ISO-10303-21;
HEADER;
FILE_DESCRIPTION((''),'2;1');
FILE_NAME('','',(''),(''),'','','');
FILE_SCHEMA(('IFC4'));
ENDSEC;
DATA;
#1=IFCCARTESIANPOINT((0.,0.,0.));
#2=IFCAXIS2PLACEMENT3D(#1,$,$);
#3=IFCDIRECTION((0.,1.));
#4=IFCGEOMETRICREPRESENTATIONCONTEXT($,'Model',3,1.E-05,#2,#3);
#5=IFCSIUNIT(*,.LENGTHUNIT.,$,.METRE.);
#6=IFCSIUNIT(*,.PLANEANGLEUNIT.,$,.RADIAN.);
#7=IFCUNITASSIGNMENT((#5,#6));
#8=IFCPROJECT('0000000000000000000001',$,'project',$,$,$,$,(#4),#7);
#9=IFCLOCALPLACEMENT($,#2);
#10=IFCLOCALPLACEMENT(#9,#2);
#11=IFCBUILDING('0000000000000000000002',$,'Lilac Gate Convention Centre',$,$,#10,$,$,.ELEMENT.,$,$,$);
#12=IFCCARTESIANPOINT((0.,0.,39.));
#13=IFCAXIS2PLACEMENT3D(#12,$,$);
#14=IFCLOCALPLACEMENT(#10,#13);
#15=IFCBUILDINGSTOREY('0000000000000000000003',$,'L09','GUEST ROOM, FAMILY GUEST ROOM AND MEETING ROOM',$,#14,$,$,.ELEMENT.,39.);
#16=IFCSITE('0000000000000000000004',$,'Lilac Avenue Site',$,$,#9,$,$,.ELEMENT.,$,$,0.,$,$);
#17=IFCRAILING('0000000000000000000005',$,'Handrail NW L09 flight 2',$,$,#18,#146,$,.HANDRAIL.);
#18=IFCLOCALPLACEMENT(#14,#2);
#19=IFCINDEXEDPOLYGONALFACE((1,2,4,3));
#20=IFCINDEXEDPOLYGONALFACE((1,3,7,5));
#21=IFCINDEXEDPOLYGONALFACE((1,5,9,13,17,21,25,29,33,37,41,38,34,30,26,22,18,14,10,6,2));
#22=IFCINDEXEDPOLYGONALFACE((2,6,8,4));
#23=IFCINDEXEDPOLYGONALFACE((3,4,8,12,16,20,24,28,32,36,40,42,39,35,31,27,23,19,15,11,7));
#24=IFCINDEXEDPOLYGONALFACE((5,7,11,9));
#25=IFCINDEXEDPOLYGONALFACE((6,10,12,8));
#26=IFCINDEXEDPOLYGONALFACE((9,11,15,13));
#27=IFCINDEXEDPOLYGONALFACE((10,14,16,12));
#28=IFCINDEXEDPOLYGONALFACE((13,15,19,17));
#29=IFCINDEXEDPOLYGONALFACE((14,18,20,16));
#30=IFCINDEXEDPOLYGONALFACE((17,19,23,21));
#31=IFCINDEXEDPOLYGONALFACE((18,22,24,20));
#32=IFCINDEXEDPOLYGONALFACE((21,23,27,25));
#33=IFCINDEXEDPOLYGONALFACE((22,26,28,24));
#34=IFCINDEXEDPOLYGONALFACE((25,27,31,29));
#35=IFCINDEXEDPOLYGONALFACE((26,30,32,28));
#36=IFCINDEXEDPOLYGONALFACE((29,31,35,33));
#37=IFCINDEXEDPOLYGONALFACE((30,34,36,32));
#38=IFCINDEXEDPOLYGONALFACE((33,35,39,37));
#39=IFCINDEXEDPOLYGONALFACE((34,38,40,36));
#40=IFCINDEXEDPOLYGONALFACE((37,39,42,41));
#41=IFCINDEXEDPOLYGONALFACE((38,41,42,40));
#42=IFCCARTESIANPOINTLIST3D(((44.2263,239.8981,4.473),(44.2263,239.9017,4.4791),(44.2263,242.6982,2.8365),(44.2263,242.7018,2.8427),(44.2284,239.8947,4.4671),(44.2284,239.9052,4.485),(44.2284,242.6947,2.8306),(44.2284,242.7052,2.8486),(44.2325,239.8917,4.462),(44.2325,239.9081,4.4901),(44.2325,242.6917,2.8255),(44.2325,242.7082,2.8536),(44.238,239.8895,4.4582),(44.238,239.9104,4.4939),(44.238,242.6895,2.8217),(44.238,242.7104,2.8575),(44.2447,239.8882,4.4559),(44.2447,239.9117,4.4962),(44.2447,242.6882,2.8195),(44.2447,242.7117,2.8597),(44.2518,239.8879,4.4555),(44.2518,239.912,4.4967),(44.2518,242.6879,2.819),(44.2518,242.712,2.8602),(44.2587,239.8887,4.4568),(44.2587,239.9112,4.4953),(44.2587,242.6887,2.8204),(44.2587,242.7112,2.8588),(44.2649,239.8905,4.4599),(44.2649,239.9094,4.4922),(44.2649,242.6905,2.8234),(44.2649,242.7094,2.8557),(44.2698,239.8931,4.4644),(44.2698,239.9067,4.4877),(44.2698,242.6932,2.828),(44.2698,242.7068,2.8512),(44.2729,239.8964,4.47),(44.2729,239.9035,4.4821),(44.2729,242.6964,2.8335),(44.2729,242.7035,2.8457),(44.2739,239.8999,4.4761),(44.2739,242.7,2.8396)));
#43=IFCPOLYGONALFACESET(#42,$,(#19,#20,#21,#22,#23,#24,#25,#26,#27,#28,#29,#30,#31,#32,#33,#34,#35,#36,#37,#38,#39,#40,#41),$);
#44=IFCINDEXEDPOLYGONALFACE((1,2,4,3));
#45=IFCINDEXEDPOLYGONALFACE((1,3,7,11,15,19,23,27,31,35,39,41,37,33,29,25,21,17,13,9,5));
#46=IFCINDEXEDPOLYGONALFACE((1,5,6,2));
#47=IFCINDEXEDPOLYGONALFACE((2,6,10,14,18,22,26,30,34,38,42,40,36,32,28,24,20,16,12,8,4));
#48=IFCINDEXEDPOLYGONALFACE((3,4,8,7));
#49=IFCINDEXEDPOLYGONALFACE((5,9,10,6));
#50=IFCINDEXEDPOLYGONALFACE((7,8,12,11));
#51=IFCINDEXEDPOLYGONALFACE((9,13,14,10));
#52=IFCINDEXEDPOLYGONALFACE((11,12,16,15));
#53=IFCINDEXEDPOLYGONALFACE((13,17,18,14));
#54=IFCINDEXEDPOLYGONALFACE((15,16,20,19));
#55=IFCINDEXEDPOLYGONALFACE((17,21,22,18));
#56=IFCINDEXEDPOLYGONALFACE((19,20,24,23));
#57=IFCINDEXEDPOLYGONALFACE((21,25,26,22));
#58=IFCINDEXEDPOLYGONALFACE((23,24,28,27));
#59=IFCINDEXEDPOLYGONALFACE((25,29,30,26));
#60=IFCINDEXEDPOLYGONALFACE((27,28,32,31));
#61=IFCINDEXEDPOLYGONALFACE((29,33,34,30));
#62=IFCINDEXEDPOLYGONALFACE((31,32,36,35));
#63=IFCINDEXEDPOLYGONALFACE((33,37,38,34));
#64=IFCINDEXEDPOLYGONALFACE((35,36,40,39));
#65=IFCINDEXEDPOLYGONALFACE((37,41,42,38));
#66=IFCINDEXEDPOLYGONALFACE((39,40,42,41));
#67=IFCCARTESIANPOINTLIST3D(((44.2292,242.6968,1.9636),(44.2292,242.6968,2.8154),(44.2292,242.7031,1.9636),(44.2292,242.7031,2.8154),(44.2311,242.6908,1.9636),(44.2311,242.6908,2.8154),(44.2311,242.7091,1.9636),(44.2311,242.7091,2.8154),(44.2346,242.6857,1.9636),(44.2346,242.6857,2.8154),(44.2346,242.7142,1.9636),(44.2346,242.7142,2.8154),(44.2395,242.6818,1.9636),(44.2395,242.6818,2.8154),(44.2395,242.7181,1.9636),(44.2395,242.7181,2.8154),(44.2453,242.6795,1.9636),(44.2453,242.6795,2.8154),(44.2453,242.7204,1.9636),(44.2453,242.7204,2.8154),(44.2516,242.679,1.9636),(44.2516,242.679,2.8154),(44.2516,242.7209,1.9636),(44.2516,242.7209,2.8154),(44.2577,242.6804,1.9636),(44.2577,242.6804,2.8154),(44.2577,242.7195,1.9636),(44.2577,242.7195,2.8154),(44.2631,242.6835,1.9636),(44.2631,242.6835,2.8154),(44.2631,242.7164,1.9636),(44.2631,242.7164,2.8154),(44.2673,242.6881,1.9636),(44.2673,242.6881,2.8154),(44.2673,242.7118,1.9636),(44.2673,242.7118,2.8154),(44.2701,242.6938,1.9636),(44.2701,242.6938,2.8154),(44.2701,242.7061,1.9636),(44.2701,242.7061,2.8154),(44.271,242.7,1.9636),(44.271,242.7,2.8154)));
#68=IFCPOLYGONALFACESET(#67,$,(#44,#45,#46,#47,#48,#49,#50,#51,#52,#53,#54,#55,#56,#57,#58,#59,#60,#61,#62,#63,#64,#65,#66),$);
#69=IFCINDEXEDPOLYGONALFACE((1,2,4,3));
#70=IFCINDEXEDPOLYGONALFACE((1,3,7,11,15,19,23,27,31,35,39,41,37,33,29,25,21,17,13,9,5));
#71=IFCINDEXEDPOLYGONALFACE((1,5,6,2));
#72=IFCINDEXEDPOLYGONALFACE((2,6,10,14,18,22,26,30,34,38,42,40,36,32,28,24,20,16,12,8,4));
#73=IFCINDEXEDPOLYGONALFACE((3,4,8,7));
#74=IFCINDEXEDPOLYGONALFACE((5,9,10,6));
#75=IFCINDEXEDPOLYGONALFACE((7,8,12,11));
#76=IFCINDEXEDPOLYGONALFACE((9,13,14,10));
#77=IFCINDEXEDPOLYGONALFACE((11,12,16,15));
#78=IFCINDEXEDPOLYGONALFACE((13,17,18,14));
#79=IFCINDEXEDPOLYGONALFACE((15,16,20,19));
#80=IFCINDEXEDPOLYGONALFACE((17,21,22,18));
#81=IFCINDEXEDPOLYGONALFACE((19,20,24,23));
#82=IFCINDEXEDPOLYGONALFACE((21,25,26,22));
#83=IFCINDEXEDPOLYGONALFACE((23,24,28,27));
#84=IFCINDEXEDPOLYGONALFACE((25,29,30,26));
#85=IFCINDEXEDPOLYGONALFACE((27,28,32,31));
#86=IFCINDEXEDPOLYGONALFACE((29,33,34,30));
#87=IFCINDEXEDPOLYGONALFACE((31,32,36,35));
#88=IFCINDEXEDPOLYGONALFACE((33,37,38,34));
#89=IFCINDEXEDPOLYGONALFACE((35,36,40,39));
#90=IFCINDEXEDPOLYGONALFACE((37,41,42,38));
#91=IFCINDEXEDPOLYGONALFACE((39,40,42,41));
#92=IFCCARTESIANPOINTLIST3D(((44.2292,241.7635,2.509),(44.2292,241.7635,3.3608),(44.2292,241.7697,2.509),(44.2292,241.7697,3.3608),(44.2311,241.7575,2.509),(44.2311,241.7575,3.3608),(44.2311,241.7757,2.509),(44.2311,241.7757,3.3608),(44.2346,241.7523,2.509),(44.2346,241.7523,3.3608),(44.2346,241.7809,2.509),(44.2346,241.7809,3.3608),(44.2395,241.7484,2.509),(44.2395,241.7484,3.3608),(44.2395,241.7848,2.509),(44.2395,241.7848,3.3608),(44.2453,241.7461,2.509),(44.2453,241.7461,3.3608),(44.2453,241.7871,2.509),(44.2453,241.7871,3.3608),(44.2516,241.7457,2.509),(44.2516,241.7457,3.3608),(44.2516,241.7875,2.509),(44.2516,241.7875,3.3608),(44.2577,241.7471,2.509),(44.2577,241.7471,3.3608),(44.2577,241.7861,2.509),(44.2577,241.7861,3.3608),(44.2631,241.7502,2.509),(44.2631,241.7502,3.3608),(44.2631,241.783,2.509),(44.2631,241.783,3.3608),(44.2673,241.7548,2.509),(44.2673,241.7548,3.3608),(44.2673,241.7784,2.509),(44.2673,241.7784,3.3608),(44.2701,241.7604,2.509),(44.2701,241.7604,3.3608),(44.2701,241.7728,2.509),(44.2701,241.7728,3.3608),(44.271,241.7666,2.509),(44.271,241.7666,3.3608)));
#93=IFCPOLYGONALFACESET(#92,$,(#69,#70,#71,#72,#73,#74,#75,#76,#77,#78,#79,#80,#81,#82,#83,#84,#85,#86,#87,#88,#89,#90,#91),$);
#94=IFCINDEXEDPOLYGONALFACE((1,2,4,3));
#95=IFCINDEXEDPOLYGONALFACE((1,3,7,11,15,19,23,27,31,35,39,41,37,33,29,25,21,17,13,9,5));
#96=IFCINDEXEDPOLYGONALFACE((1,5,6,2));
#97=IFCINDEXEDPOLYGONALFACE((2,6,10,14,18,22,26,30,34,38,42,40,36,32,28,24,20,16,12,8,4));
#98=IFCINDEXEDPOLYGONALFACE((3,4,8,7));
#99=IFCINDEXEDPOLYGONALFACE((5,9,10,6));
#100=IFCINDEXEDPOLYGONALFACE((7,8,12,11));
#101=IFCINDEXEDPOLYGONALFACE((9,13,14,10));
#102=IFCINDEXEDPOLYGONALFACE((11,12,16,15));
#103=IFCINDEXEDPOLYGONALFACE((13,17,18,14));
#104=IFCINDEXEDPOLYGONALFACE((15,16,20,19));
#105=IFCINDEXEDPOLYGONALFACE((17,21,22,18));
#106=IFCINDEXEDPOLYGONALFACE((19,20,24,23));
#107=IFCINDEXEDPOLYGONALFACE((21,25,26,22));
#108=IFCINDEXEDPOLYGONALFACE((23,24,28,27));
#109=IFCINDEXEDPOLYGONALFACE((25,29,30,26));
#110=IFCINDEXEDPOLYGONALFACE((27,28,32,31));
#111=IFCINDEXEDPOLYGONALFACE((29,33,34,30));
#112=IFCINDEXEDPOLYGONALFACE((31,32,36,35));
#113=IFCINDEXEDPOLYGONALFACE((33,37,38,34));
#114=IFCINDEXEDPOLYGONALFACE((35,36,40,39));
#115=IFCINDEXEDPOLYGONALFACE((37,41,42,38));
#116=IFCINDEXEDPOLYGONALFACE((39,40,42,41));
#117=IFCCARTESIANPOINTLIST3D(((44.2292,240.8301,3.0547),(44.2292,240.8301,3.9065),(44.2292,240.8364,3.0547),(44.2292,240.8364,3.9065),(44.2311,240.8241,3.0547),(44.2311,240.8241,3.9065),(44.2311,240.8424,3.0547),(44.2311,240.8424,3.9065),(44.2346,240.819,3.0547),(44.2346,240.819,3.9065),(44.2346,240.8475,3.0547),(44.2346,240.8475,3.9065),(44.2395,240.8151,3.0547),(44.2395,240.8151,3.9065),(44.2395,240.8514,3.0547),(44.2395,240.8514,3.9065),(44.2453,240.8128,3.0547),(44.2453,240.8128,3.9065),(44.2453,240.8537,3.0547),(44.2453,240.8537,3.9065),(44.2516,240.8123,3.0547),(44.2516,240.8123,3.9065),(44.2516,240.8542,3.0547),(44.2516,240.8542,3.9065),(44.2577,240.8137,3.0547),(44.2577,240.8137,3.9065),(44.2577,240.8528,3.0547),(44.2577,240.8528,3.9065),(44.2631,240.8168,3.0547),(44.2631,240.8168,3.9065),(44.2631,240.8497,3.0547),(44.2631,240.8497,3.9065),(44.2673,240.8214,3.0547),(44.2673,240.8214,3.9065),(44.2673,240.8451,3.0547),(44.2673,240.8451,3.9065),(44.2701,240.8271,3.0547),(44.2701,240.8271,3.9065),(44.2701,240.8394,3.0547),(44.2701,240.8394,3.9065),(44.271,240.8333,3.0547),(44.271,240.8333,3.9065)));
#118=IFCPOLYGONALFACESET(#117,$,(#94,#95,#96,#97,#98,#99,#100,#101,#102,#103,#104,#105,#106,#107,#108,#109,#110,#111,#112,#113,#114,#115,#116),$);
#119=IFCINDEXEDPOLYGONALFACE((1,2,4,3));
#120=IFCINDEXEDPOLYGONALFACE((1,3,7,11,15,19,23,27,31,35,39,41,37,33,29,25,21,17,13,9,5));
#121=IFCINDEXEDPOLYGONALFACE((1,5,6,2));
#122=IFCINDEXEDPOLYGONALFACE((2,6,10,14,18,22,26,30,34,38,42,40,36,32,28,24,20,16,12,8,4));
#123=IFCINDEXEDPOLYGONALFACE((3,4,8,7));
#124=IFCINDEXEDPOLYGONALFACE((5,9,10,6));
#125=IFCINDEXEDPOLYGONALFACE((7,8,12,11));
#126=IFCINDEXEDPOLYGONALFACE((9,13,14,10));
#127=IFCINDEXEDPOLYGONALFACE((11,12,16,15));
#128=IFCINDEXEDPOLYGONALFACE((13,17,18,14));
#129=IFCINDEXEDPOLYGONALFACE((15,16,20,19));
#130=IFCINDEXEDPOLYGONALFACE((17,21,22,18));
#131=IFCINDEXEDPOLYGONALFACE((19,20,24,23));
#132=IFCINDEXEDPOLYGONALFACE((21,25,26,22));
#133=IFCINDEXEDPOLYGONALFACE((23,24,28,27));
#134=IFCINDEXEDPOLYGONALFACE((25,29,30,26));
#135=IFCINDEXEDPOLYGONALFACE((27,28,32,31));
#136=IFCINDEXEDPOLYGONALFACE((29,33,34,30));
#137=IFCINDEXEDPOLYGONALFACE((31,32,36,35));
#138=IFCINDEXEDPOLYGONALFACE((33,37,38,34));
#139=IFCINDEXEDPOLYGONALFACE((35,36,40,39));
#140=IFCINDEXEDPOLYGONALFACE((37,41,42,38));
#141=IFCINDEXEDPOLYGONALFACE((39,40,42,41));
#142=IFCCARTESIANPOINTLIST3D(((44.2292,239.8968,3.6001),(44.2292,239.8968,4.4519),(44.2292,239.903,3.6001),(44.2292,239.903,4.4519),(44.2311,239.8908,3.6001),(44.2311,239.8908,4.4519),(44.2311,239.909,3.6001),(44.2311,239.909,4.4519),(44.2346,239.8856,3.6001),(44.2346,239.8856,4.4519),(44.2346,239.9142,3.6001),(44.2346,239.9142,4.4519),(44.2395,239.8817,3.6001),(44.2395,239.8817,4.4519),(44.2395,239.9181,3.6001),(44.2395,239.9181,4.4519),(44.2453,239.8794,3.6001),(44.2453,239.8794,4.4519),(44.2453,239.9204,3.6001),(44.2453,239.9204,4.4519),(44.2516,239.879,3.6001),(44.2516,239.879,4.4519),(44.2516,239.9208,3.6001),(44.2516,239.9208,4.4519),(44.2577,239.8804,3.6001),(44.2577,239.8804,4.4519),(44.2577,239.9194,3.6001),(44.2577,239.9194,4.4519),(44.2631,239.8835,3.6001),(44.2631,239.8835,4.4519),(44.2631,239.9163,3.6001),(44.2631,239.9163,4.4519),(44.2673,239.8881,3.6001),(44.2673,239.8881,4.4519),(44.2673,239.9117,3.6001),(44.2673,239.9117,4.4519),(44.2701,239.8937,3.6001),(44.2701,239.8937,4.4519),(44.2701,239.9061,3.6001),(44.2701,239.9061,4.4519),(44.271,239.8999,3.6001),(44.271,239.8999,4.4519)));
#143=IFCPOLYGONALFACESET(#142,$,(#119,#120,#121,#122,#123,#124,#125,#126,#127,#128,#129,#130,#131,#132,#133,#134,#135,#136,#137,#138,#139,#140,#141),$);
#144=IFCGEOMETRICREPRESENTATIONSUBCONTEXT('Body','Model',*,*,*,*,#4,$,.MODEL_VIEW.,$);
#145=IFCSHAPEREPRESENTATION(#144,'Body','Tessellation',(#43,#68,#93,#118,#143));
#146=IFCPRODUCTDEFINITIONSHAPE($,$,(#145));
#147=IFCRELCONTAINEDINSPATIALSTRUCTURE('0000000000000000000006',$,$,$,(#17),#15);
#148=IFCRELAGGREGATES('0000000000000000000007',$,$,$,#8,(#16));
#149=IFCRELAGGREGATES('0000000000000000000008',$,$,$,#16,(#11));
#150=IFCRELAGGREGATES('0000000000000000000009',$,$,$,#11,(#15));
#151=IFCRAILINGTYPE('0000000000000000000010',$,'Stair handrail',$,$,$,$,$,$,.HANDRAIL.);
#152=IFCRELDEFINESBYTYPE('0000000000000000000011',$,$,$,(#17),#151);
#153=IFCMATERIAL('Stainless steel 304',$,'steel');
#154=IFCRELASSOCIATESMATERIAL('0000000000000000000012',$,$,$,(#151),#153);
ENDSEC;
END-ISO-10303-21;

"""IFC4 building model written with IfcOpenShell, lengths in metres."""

from ifc_helpers import new_model, si_unit, direction, frame, origin, origin_2d, place, context, subcontext, project, spatial, circle, extrude, material, type_object, element, save


model = new_model("IFC4")

# Units and contexts
model_context = context("Model", 3, precision=1e-05, world=origin(), true_north=direction((0.0, 1.0)))
body_context = subcontext(model_context, "Body", "Model", "MODEL_VIEW")
ifc_project = project(units=[si_unit("LENGTHUNIT", "METRE"), si_unit("PLANEANGLEUNIT", "RADIAN")], contexts=[model_context])

# Site, building, storey
site_placement = place(None, origin())
site = spatial("IfcSite", under=ifc_project, at=site_placement, Name="Lilac Avenue Site", CompositionType="ELEMENT", RefElevation=0.0)
building_placement = place(site_placement, origin())
building = spatial("IfcBuilding", under=site, at=building_placement, Name="Lilac Gate Convention Centre", CompositionType="ELEMENT")
storey_placement = place(building_placement, frame((0.0, 0.0, 39.0)))
storey = spatial("IfcBuildingStorey", under=building, at=storey_placement, Name="L09", Description="GUEST ROOM, FAMILY GUEST ROOM AND MEETING ROOM", CompositionType="ELEMENT", Elevation=39.0)

# Railing
ifc_material_1 = material(Name="Stainless steel 304", Category="steel")
railing_type = type_object("IfcRailingType", Name="Stair handrail", PredefinedType="HANDRAIL", material=ifc_material_1)
for number, where, name in (
    (1, (44.25, 242.7, 1.9636), "Handrail NW L09 flight 2"),
):
    element("IfcRailing", number, at=place(storey_placement, frame(where)), inside=storey, type_object=railing_type, Name=name, PredefinedType="HANDRAIL", context=body_context, shape_type="SweptSolid", body=[
        extrude(circle(Radius=0.0239, at=origin_2d()), frame((0.0, 0.0, 0.876), z_axis=(0.0, -0.863361, 0.504587), x_axis=(1.0, 0.0, 0.0)), (0.0, 0.0, 1.0), 3.2432),
        extrude(circle(Radius=0.021, at=origin_2d()), origin(), (0.0, 0.0, 1.0), 0.8518),
        extrude(circle(Radius=0.021, at=origin_2d()), frame((0.0, -0.9333, 0.5454)), (0.0, 0.0, 1.0), 0.8518),
        extrude(circle(Radius=0.021, at=origin_2d()), frame((0.0, -1.8667, 1.0911)), (0.0, 0.0, 1.0), 0.8518),
        extrude(circle(Radius=0.021, at=origin_2d()), frame((0.0, -2.8, 1.6365)), (0.0, 0.0, 1.0), 0.8518),
    ])

save(model, "model.ifc")
